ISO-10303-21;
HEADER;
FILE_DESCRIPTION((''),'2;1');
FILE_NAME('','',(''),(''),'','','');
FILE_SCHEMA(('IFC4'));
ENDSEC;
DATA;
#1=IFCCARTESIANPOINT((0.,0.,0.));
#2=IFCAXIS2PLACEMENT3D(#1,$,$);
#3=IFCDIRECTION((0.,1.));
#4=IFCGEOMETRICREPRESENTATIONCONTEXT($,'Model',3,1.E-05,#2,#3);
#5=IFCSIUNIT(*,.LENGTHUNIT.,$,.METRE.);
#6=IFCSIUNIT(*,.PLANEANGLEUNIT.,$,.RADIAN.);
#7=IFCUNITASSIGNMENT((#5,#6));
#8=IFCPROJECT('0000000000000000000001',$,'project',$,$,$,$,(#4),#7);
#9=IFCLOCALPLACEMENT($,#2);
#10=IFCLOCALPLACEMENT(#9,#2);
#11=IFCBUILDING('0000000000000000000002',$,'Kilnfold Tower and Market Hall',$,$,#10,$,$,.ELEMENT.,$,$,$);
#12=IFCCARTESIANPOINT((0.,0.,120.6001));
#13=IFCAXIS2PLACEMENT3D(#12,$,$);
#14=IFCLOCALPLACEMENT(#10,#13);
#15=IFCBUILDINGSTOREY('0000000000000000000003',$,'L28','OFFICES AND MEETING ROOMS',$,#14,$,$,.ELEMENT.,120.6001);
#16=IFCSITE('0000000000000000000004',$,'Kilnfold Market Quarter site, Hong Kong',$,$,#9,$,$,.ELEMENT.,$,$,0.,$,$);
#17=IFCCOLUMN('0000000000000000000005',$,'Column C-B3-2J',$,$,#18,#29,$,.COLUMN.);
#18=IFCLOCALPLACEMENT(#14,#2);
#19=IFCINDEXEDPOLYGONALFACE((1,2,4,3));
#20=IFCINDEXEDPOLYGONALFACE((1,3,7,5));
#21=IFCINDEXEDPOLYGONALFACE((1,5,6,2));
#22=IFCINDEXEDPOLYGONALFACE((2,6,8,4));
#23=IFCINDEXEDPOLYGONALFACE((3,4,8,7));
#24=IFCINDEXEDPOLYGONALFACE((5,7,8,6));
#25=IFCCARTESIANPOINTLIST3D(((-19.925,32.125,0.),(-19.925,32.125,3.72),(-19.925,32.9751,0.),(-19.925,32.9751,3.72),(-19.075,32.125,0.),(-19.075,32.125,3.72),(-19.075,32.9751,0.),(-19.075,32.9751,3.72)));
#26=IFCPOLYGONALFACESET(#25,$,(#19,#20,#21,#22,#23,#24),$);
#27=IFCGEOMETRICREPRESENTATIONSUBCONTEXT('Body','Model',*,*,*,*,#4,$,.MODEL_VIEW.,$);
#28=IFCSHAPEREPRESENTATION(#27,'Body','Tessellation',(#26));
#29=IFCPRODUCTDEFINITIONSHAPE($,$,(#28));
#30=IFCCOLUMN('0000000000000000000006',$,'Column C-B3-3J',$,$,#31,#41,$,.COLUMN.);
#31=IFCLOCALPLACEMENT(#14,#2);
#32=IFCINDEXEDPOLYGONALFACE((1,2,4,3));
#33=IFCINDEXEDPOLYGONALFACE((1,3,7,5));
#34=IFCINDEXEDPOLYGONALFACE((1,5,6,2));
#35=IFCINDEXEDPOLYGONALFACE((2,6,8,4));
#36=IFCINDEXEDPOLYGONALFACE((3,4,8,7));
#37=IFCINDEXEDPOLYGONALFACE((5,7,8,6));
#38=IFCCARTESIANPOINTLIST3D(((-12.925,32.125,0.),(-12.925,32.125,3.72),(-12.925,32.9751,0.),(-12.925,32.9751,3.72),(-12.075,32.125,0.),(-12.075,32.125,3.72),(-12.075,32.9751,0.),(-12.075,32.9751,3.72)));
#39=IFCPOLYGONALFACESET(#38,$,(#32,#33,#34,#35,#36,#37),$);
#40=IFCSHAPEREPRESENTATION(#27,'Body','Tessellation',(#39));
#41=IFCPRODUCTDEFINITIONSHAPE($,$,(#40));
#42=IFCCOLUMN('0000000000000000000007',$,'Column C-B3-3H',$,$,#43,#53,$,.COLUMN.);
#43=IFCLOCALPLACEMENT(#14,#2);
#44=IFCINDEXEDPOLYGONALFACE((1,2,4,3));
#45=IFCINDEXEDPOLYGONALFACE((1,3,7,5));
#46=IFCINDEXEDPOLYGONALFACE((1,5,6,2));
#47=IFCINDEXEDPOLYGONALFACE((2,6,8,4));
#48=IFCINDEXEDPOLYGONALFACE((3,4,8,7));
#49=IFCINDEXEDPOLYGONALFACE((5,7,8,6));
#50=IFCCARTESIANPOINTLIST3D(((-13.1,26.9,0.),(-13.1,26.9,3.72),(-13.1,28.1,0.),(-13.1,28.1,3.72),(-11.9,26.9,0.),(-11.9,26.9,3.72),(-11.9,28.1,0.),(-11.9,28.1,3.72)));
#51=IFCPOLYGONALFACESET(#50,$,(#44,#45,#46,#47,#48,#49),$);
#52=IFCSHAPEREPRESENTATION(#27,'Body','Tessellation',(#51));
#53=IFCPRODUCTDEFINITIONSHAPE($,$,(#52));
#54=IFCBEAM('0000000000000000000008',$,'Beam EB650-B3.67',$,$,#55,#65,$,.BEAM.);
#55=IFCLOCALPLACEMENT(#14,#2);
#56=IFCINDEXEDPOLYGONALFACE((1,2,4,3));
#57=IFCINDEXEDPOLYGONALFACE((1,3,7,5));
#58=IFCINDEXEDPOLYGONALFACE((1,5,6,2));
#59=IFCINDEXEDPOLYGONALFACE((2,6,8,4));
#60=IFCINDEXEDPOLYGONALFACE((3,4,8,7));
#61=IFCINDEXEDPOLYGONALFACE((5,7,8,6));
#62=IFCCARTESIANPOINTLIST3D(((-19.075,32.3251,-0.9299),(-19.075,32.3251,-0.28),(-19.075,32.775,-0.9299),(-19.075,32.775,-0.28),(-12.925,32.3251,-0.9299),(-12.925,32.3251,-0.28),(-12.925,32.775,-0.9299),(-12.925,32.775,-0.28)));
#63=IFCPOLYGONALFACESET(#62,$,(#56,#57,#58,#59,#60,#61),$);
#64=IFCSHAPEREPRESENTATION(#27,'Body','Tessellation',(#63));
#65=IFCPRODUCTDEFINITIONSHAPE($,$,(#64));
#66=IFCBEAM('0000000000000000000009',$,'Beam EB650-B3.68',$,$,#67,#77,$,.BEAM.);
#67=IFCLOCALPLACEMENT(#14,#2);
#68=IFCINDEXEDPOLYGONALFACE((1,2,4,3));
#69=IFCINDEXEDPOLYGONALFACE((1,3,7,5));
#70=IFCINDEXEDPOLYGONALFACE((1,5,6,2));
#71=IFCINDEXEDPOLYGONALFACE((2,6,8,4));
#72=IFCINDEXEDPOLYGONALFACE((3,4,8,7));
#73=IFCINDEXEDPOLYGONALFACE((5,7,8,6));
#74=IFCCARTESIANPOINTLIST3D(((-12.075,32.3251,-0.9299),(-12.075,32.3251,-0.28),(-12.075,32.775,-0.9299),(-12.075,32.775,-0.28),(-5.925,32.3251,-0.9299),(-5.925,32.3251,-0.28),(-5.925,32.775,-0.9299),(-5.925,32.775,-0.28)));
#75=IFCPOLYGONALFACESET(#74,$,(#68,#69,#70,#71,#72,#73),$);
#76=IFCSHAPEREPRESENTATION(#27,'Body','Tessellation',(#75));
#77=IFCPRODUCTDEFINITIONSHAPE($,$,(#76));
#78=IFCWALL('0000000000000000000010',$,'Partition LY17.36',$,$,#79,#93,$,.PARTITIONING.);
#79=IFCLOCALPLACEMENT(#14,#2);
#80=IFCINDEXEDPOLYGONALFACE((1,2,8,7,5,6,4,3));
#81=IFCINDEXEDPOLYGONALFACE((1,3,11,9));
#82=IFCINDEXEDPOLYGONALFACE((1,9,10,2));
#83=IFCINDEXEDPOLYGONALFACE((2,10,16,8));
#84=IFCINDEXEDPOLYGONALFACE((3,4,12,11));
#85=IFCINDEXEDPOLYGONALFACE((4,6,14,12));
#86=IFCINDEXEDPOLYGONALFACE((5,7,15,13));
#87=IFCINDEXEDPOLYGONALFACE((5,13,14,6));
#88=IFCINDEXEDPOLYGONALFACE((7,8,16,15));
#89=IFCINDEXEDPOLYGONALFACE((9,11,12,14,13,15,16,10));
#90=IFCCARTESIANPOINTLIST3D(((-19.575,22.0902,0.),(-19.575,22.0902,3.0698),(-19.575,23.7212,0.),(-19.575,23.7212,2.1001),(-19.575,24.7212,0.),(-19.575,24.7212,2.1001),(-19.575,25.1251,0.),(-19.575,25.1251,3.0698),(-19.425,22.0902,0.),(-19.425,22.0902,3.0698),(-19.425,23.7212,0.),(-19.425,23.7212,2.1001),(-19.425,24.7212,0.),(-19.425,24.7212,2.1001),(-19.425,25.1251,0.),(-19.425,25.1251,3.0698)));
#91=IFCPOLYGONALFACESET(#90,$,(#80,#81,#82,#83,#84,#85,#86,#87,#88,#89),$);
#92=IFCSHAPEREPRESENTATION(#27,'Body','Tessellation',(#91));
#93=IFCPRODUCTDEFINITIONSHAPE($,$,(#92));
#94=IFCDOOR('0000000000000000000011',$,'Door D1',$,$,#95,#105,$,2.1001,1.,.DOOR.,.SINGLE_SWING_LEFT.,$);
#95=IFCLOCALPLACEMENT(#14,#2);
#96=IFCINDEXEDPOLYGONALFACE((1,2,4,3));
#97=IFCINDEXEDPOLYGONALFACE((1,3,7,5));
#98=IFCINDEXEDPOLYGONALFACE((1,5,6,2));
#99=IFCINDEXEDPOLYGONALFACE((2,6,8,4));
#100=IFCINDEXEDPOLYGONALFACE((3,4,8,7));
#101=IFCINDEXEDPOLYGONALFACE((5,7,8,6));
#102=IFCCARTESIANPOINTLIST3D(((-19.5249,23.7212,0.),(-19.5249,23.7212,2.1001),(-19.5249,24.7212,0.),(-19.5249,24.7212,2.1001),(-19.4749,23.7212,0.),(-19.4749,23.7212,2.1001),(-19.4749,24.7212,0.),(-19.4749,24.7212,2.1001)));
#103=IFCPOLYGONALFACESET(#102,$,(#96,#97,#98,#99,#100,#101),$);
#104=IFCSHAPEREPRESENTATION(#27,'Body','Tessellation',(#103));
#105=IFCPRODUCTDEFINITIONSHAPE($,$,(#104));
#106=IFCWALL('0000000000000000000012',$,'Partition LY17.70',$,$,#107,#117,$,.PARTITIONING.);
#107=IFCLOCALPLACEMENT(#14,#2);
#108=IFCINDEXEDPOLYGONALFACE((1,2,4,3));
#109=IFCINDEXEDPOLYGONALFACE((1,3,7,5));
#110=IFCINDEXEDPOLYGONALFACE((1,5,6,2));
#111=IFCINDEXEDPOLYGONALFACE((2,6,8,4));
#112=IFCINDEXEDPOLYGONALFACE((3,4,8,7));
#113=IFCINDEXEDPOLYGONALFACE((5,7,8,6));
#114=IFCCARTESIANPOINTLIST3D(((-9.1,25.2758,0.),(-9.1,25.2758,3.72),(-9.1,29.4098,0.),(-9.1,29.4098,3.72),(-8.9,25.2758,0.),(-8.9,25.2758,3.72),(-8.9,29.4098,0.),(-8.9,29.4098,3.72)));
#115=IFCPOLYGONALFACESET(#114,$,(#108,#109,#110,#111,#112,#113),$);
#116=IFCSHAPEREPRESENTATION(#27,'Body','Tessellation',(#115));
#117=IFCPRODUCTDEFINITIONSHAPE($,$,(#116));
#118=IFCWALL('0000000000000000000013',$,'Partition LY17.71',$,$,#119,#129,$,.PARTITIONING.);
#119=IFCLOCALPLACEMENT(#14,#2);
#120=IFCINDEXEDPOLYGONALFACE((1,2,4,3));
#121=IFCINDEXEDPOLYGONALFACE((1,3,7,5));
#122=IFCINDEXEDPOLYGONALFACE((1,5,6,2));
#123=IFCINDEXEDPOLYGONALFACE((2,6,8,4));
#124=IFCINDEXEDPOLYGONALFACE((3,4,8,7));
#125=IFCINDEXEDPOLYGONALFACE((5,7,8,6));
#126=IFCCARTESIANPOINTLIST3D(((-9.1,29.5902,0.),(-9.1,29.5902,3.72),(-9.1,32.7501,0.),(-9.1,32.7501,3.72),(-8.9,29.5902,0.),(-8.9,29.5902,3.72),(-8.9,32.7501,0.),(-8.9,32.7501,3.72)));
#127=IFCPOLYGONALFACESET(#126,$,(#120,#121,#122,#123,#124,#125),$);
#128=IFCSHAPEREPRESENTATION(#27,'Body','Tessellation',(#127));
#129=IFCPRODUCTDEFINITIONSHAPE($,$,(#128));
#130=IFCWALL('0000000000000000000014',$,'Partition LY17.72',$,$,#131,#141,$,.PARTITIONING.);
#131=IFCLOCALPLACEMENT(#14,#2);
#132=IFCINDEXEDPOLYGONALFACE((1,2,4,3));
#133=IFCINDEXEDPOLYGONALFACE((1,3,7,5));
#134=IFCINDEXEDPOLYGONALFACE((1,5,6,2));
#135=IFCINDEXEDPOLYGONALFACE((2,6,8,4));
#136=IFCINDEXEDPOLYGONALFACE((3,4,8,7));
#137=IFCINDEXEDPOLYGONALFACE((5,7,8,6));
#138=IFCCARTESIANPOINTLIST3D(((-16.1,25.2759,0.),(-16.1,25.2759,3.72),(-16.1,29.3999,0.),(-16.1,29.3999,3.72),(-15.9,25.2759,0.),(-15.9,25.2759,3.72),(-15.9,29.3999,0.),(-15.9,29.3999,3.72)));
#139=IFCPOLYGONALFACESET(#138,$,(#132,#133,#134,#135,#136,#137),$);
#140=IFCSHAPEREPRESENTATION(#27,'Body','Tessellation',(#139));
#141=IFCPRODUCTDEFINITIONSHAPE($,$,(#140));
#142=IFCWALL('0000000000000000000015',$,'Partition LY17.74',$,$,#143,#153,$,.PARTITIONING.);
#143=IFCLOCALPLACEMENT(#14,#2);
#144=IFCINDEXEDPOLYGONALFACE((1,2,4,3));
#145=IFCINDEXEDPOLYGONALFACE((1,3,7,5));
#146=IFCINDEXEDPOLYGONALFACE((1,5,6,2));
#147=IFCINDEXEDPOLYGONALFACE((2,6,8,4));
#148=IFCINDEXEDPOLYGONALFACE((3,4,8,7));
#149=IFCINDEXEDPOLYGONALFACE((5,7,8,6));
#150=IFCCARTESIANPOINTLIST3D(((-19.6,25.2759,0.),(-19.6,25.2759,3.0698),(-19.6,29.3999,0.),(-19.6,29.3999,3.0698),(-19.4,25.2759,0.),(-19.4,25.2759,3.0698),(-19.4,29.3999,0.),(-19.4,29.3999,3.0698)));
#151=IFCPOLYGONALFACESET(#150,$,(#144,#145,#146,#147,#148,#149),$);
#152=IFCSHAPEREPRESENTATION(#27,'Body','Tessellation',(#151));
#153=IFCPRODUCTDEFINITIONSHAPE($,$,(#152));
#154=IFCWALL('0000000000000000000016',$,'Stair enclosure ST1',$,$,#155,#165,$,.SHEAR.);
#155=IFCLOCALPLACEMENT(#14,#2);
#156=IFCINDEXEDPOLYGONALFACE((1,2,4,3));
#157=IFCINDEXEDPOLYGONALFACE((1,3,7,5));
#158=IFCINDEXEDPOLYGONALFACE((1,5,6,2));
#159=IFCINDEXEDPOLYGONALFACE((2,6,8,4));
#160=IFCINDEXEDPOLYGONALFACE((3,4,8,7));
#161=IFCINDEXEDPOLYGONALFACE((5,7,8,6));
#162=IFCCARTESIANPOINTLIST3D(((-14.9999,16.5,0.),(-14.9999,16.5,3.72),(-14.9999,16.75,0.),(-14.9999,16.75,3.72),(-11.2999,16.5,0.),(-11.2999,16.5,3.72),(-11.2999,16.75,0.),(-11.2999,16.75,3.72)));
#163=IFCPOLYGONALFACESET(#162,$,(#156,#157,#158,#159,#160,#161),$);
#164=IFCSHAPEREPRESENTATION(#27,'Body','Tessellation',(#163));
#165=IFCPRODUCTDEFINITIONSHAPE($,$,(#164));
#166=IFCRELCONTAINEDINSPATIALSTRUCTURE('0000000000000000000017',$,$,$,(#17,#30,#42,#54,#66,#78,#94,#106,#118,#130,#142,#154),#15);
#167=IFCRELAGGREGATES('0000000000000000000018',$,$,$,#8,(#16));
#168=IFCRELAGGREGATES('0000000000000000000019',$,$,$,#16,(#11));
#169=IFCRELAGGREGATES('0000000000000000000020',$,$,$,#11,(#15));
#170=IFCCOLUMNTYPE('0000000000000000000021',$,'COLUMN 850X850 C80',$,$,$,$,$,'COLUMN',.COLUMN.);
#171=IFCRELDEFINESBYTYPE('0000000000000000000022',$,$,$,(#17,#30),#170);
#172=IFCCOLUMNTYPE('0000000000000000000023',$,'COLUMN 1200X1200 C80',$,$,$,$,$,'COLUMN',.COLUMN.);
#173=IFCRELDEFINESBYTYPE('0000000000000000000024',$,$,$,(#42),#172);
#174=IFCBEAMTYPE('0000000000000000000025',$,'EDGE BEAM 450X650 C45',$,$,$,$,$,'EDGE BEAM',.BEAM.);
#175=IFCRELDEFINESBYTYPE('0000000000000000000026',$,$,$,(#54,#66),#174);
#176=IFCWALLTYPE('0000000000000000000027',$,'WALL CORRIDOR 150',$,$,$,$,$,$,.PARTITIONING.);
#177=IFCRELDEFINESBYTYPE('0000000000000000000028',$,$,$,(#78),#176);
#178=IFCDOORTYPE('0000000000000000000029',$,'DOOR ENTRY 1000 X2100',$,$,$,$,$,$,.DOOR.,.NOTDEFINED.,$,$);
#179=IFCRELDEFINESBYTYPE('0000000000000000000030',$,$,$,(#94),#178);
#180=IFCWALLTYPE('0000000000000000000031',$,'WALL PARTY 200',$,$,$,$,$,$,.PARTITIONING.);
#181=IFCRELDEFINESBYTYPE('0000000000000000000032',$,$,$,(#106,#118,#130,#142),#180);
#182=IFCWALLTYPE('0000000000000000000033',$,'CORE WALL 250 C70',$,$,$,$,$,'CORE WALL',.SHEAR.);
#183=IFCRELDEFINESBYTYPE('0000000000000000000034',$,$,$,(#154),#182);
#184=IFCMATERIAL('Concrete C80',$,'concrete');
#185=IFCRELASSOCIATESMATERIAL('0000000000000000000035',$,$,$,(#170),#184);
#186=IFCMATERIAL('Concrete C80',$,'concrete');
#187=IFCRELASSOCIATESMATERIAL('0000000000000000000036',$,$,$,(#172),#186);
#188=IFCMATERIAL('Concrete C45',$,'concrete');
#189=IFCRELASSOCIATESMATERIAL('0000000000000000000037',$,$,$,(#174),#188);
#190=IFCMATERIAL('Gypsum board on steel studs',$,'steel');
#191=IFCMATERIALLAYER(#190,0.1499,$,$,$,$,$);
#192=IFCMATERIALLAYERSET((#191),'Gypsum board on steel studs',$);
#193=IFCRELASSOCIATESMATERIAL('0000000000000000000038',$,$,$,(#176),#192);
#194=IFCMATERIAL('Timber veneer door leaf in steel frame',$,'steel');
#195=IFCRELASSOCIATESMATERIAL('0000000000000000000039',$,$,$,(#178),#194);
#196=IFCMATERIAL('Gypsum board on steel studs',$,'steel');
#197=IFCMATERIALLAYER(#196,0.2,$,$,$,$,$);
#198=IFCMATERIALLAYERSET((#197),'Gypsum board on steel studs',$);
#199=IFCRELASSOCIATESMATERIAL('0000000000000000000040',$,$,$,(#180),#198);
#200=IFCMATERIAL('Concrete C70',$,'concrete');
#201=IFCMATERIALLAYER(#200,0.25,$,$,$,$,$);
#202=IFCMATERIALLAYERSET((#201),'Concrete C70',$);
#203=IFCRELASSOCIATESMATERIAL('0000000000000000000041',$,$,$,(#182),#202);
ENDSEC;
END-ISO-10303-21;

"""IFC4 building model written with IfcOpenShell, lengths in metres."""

from ifc_helpers import new_model, si_unit, direction, frame, frame_2d, origin, origin_2d, place, context, subcontext, project, spatial, rectangle, extrude, source, transform, mapped, material, layer, layer_set, material_profile, profile_set, type_object, element, fill, save


model = new_model("IFC4")

# Units and contexts
model_context = context("Model", 3, precision=1e-05, world=origin(), true_north=direction((0.0, 1.0)))
body_context = subcontext(model_context, "Body", "Model", "MODEL_VIEW")
ifc_project = project(units=[si_unit("LENGTHUNIT", "METRE"), si_unit("PLANEANGLEUNIT", "RADIAN")], contexts=[model_context])

# Site, building, storey
site_placement = place(None, origin())
site = spatial("IfcSite", under=ifc_project, at=site_placement, Name="Kilnfold Market Quarter site, Hong Kong", CompositionType="ELEMENT", RefElevation=0.0)
building_placement = place(site_placement, origin())
building = spatial("IfcBuilding", under=site, at=building_placement, Name="Kilnfold Tower and Market Hall", CompositionType="ELEMENT")
storey_placement = place(building_placement, frame((0.0, 0.0, 120.6001)))
storey = spatial("IfcBuildingStorey", under=building, at=storey_placement, Name="L28", Description="OFFICES AND MEETING ROOMS", CompositionType="ELEMENT", Elevation=120.6001)

# Columns
ifc_material_1 = material(Name="Concrete C80", Category="concrete")
ifc_material_profile_1 = material_profile(ifc_material_1, rectangle(XDim=0.8501, YDim=0.8501, at=origin_2d()), Name="RC 850x850")
ifc_profile_set_1 = profile_set([ifc_material_profile_1], Name="Concrete C80")
column_type_1 = type_object("IfcColumnType", Name="COLUMN 850X850 C80", ElementType="COLUMN", PredefinedType="COLUMN", material=ifc_profile_set_1)
shared_shape_1 = source(origin(), body_context, "Body", "SweptSolid", [
    extrude(rectangle(XDim=0.8501, YDim=0.8501, at=origin_2d()), origin(), (0.0, 0.0, 1.0), 3.72),
])
for number, where, z_axis, x_axis, name in (
    (1, (-19.5, 32.55, 0.0), (0.0, 0.0, 1.0), (1.0, 0.0, 0.0), "Column C-B3-2J"),
    (2, (-12.5, 32.55, 0.0), (0.0, 0.0, 1.0), (1.0, 0.0, 0.0), "Column C-B3-3J"),
):
    element("IfcColumn", number, at=place(storey_placement, frame(where, z_axis=z_axis, x_axis=x_axis)), inside=storey, type_object=column_type_1, Name=name, PredefinedType="COLUMN", context=body_context, shape_type="MappedRepresentation", body=[
        mapped(shared_shape_1, transform((0.0, 0.0, 0.0))),
    ])
ifc_material_2 = material(Name="Concrete C80", Category="concrete")
ifc_material_profile_2 = material_profile(ifc_material_2, rectangle(XDim=1.2, YDim=1.2, at=origin_2d()), Name="RC 1200x1200")
ifc_profile_set_2 = profile_set([ifc_material_profile_2], Name="Concrete C80")
column_type_2 = type_object("IfcColumnType", Name="COLUMN 1200X1200 C80", ElementType="COLUMN", PredefinedType="COLUMN", material=ifc_profile_set_2)
shared_shape_2 = source(origin(), body_context, "Body", "SweptSolid", [
    extrude(rectangle(XDim=1.2, YDim=1.2, at=origin_2d()), origin(), (0.0, 0.0, 1.0), 3.72),
])
column_placement = place(storey_placement, frame((-12.5, 27.5, 0.0), z_axis=(0.0, 0.0, 1.0), x_axis=(1.0, 0.0, 0.0)))
element("IfcColumn", 3, at=column_placement, inside=storey, type_object=column_type_2, Name="Column C-B3-3H", PredefinedType="COLUMN", context=body_context, shape_type="MappedRepresentation", body=[
    mapped(shared_shape_2, transform((0.0, 0.0, 0.0))),
])

# Beams
ifc_material_3 = material(Name="Concrete C45", Category="concrete")
ifc_material_profile_3 = material_profile(ifc_material_3, rectangle(XDim=0.45, YDim=0.6499, at=origin_2d()), Name="RC 450x650")
ifc_profile_set_3 = profile_set([ifc_material_profile_3], Name="Concrete C45")
beam_type = type_object("IfcBeamType", Name="EDGE BEAM 450X650 C45", ElementType="EDGE BEAM", PredefinedType="BEAM", material=ifc_profile_set_3)
shared_shape_3 = source(origin(), body_context, "Body", "SweptSolid", [
    extrude(rectangle(XDim=0.45, YDim=0.6499, at=origin_2d()), origin(), (0.0, 0.0, 1.0), 6.1499),
])
for number, where, z_axis, x_axis, name in (
    (4, (-19.075, 32.55, -0.605), (1.0, 0.0, 0.0), (0.0, 1.0, 0.0), "Beam EB650-B3.67"),
    (5, (-12.075, 32.55, -0.605), (1.0, 0.0, 0.0), (0.0, 1.0, 0.0), "Beam EB650-B3.68"),
):
    element("IfcBeam", number, at=place(storey_placement, frame(where, z_axis=z_axis, x_axis=x_axis)), inside=storey, type_object=beam_type, Name=name, PredefinedType="BEAM", context=body_context, shape_type="MappedRepresentation", body=[
        mapped(shared_shape_3, transform((0.0, 0.0, 0.0))),
    ])

# Wall, opening, door
ifc_material_4 = material(Name="Gypsum board on steel studs", Category="steel")
ifc_layer_1 = layer(ifc_material_4, 0.1499)
ifc_layer_set_1 = layer_set([ifc_layer_1], Name="Gypsum board on steel studs")
wall_type_1 = type_object("IfcWallType", Name="WALL CORRIDOR 150", PredefinedType="PARTITIONING", material=ifc_layer_set_1)
wall_1_placement = place(storey_placement, frame((-19.5, 22.0901, 0.0), z_axis=(0.0, 0.0, 1.0), x_axis=(0.0, 1.0, 0.0)))
wall_1 = element("IfcWall", 6, at=wall_1_placement, inside=storey, type_object=wall_type_1, Name="Partition LY17.36", PredefinedType="PARTITIONING", context=body_context, shape_type="SweptSolid", body=[
    extrude(rectangle(XDim=3.0349, YDim=0.1499, at=frame_2d((1.5176, 0.0))), origin(), (0.0, 0.0, 1.0), 3.0698),
])
opening_1_placement = place(wall_1_placement, frame((1.6311, 0.0, 0.0)))
opening_1 = element("IfcOpeningElement", 7, at=opening_1_placement, cuts=wall_1, PredefinedType="OPENING", context=body_context, shape_type="SweptSolid", body=[
    extrude(rectangle(XDim=1.0, YDim=2.1001, at=frame_2d((0.5, 1.05))), frame((0.0, 0.085, 0.0), z_axis=(0.0, -1.0, 0.0), x_axis=(1.0, 0.0, 0.0)), (0.0, 0.0, 1.0), 0.1699),
])
ifc_material_5 = material(Name="Timber veneer door leaf in steel frame", Category="steel")
door_type_1 = type_object("IfcDoorType", Name="DOOR ENTRY 1000 X2100", OperationType="NOTDEFINED", PredefinedType="DOOR", material=ifc_material_5)
door_1_placement = place(opening_1_placement, origin())
door_1 = element("IfcDoor", 8, at=door_1_placement, inside=storey, type_object=door_type_1, Name="Door D1", OperationType="SINGLE_SWING_LEFT", OverallHeight=2.1001, OverallWidth=1.0, PredefinedType="DOOR", context=body_context, shape_type="SweptSolid", body=[
    extrude(rectangle(XDim=1.0, YDim=2.1001, at=frame_2d((0.5, 1.05))), frame((0.0, 0.0249, 0.0), z_axis=(0.0, -1.0, 0.0), x_axis=(1.0, 0.0, 0.0)), (0.0, 0.0, 1.0), 0.05),
])
fill(opening_1, door_1)

# Walls
ifc_material_6 = material(Name="Gypsum board on steel studs", Category="steel")
ifc_layer_2 = layer(ifc_material_6, 0.2)
ifc_layer_set_2 = layer_set([ifc_layer_2], Name="Gypsum board on steel studs")
wall_type_2 = type_object("IfcWallType", Name="WALL PARTY 200", PredefinedType="PARTITIONING", material=ifc_layer_set_2)
wall_2_placement = place(storey_placement, frame((-9.0, 25.2759, 0.0), z_axis=(0.0, 0.0, 1.0), x_axis=(0.0, 1.0, 0.0)))
element("IfcWall", 9, at=wall_2_placement, inside=storey, type_object=wall_type_2, Name="Partition LY17.70", PredefinedType="PARTITIONING", context=body_context, shape_type="SweptSolid", body=[
    extrude(rectangle(XDim=4.134, YDim=0.2, at=frame_2d((2.0669, 0.0))), origin(), (0.0, 0.0, 1.0), 3.72),
])
wall_3_placement = place(storey_placement, frame((-9.0, 29.5901, 0.0), z_axis=(0.0, 0.0, 1.0), x_axis=(0.0, 1.0, 0.0)))
element("IfcWall", 10, at=wall_3_placement, inside=storey, type_object=wall_type_2, Name="Partition LY17.71", PredefinedType="PARTITIONING", context=body_context, shape_type="SweptSolid", body=[
    extrude(rectangle(XDim=3.1599, YDim=0.2, at=frame_2d((1.5801, 0.0))), origin(), (0.0, 0.0, 1.0), 3.72),
])
wall_4_placement = place(storey_placement, frame((-16.0, 29.3999, 0.0), z_axis=(0.0, 0.0, 1.0), x_axis=(0.0, -1.0, 0.0)))
element("IfcWall", 11, at=wall_4_placement, inside=storey, type_object=wall_type_2, Name="Partition LY17.72", PredefinedType="PARTITIONING", context=body_context, shape_type="SweptSolid", body=[
    extrude(rectangle(XDim=4.124, YDim=0.2, at=frame_2d((2.062, 0.0))), origin(), (0.0, 0.0, 1.0), 3.72),
])
wall_5_placement = place(storey_placement, frame((-19.5, 29.3999, 0.0), z_axis=(0.0, 0.0, 1.0), x_axis=(0.0, -1.0, 0.0)))
element("IfcWall", 12, at=wall_5_placement, inside=storey, type_object=wall_type_2, Name="Partition LY17.74", PredefinedType="PARTITIONING", context=body_context, shape_type="SweptSolid", body=[
    extrude(rectangle(XDim=4.124, YDim=0.2, at=frame_2d((2.062, 0.0))), origin(), (0.0, 0.0, 1.0), 3.0698),
])
ifc_material_7 = material(Name="Concrete C70", Category="concrete")
ifc_layer_3 = layer(ifc_material_7, 0.25)
ifc_layer_set_3 = layer_set([ifc_layer_3], Name="Concrete C70")
wall_type_3 = type_object("IfcWallType", Name="CORE WALL 250 C70", ElementType="CORE WALL", PredefinedType="SHEAR", material=ifc_layer_set_3)
shared_shape_4 = source(origin(), body_context, "Body", "SweptSolid", [
    extrude(rectangle(XDim=3.7, YDim=0.25, at=frame_2d((1.8501, 0.0))), origin(), (0.0, 0.0, 1.0), 3.72),
])
wall_6_placement = place(storey_placement, frame((-15.0, 16.625, 0.0), z_axis=(0.0, 0.0, 1.0), x_axis=(1.0, 0.0, 0.0)))
element("IfcWall", 13, at=wall_6_placement, inside=storey, type_object=wall_type_3, Name="Stair enclosure ST1", PredefinedType="SHEAR", context=body_context, shape_type="MappedRepresentation", body=[
    mapped(shared_shape_4, transform((0.0, 0.0, 0.0))),
])

save(model, "model.ifc")
